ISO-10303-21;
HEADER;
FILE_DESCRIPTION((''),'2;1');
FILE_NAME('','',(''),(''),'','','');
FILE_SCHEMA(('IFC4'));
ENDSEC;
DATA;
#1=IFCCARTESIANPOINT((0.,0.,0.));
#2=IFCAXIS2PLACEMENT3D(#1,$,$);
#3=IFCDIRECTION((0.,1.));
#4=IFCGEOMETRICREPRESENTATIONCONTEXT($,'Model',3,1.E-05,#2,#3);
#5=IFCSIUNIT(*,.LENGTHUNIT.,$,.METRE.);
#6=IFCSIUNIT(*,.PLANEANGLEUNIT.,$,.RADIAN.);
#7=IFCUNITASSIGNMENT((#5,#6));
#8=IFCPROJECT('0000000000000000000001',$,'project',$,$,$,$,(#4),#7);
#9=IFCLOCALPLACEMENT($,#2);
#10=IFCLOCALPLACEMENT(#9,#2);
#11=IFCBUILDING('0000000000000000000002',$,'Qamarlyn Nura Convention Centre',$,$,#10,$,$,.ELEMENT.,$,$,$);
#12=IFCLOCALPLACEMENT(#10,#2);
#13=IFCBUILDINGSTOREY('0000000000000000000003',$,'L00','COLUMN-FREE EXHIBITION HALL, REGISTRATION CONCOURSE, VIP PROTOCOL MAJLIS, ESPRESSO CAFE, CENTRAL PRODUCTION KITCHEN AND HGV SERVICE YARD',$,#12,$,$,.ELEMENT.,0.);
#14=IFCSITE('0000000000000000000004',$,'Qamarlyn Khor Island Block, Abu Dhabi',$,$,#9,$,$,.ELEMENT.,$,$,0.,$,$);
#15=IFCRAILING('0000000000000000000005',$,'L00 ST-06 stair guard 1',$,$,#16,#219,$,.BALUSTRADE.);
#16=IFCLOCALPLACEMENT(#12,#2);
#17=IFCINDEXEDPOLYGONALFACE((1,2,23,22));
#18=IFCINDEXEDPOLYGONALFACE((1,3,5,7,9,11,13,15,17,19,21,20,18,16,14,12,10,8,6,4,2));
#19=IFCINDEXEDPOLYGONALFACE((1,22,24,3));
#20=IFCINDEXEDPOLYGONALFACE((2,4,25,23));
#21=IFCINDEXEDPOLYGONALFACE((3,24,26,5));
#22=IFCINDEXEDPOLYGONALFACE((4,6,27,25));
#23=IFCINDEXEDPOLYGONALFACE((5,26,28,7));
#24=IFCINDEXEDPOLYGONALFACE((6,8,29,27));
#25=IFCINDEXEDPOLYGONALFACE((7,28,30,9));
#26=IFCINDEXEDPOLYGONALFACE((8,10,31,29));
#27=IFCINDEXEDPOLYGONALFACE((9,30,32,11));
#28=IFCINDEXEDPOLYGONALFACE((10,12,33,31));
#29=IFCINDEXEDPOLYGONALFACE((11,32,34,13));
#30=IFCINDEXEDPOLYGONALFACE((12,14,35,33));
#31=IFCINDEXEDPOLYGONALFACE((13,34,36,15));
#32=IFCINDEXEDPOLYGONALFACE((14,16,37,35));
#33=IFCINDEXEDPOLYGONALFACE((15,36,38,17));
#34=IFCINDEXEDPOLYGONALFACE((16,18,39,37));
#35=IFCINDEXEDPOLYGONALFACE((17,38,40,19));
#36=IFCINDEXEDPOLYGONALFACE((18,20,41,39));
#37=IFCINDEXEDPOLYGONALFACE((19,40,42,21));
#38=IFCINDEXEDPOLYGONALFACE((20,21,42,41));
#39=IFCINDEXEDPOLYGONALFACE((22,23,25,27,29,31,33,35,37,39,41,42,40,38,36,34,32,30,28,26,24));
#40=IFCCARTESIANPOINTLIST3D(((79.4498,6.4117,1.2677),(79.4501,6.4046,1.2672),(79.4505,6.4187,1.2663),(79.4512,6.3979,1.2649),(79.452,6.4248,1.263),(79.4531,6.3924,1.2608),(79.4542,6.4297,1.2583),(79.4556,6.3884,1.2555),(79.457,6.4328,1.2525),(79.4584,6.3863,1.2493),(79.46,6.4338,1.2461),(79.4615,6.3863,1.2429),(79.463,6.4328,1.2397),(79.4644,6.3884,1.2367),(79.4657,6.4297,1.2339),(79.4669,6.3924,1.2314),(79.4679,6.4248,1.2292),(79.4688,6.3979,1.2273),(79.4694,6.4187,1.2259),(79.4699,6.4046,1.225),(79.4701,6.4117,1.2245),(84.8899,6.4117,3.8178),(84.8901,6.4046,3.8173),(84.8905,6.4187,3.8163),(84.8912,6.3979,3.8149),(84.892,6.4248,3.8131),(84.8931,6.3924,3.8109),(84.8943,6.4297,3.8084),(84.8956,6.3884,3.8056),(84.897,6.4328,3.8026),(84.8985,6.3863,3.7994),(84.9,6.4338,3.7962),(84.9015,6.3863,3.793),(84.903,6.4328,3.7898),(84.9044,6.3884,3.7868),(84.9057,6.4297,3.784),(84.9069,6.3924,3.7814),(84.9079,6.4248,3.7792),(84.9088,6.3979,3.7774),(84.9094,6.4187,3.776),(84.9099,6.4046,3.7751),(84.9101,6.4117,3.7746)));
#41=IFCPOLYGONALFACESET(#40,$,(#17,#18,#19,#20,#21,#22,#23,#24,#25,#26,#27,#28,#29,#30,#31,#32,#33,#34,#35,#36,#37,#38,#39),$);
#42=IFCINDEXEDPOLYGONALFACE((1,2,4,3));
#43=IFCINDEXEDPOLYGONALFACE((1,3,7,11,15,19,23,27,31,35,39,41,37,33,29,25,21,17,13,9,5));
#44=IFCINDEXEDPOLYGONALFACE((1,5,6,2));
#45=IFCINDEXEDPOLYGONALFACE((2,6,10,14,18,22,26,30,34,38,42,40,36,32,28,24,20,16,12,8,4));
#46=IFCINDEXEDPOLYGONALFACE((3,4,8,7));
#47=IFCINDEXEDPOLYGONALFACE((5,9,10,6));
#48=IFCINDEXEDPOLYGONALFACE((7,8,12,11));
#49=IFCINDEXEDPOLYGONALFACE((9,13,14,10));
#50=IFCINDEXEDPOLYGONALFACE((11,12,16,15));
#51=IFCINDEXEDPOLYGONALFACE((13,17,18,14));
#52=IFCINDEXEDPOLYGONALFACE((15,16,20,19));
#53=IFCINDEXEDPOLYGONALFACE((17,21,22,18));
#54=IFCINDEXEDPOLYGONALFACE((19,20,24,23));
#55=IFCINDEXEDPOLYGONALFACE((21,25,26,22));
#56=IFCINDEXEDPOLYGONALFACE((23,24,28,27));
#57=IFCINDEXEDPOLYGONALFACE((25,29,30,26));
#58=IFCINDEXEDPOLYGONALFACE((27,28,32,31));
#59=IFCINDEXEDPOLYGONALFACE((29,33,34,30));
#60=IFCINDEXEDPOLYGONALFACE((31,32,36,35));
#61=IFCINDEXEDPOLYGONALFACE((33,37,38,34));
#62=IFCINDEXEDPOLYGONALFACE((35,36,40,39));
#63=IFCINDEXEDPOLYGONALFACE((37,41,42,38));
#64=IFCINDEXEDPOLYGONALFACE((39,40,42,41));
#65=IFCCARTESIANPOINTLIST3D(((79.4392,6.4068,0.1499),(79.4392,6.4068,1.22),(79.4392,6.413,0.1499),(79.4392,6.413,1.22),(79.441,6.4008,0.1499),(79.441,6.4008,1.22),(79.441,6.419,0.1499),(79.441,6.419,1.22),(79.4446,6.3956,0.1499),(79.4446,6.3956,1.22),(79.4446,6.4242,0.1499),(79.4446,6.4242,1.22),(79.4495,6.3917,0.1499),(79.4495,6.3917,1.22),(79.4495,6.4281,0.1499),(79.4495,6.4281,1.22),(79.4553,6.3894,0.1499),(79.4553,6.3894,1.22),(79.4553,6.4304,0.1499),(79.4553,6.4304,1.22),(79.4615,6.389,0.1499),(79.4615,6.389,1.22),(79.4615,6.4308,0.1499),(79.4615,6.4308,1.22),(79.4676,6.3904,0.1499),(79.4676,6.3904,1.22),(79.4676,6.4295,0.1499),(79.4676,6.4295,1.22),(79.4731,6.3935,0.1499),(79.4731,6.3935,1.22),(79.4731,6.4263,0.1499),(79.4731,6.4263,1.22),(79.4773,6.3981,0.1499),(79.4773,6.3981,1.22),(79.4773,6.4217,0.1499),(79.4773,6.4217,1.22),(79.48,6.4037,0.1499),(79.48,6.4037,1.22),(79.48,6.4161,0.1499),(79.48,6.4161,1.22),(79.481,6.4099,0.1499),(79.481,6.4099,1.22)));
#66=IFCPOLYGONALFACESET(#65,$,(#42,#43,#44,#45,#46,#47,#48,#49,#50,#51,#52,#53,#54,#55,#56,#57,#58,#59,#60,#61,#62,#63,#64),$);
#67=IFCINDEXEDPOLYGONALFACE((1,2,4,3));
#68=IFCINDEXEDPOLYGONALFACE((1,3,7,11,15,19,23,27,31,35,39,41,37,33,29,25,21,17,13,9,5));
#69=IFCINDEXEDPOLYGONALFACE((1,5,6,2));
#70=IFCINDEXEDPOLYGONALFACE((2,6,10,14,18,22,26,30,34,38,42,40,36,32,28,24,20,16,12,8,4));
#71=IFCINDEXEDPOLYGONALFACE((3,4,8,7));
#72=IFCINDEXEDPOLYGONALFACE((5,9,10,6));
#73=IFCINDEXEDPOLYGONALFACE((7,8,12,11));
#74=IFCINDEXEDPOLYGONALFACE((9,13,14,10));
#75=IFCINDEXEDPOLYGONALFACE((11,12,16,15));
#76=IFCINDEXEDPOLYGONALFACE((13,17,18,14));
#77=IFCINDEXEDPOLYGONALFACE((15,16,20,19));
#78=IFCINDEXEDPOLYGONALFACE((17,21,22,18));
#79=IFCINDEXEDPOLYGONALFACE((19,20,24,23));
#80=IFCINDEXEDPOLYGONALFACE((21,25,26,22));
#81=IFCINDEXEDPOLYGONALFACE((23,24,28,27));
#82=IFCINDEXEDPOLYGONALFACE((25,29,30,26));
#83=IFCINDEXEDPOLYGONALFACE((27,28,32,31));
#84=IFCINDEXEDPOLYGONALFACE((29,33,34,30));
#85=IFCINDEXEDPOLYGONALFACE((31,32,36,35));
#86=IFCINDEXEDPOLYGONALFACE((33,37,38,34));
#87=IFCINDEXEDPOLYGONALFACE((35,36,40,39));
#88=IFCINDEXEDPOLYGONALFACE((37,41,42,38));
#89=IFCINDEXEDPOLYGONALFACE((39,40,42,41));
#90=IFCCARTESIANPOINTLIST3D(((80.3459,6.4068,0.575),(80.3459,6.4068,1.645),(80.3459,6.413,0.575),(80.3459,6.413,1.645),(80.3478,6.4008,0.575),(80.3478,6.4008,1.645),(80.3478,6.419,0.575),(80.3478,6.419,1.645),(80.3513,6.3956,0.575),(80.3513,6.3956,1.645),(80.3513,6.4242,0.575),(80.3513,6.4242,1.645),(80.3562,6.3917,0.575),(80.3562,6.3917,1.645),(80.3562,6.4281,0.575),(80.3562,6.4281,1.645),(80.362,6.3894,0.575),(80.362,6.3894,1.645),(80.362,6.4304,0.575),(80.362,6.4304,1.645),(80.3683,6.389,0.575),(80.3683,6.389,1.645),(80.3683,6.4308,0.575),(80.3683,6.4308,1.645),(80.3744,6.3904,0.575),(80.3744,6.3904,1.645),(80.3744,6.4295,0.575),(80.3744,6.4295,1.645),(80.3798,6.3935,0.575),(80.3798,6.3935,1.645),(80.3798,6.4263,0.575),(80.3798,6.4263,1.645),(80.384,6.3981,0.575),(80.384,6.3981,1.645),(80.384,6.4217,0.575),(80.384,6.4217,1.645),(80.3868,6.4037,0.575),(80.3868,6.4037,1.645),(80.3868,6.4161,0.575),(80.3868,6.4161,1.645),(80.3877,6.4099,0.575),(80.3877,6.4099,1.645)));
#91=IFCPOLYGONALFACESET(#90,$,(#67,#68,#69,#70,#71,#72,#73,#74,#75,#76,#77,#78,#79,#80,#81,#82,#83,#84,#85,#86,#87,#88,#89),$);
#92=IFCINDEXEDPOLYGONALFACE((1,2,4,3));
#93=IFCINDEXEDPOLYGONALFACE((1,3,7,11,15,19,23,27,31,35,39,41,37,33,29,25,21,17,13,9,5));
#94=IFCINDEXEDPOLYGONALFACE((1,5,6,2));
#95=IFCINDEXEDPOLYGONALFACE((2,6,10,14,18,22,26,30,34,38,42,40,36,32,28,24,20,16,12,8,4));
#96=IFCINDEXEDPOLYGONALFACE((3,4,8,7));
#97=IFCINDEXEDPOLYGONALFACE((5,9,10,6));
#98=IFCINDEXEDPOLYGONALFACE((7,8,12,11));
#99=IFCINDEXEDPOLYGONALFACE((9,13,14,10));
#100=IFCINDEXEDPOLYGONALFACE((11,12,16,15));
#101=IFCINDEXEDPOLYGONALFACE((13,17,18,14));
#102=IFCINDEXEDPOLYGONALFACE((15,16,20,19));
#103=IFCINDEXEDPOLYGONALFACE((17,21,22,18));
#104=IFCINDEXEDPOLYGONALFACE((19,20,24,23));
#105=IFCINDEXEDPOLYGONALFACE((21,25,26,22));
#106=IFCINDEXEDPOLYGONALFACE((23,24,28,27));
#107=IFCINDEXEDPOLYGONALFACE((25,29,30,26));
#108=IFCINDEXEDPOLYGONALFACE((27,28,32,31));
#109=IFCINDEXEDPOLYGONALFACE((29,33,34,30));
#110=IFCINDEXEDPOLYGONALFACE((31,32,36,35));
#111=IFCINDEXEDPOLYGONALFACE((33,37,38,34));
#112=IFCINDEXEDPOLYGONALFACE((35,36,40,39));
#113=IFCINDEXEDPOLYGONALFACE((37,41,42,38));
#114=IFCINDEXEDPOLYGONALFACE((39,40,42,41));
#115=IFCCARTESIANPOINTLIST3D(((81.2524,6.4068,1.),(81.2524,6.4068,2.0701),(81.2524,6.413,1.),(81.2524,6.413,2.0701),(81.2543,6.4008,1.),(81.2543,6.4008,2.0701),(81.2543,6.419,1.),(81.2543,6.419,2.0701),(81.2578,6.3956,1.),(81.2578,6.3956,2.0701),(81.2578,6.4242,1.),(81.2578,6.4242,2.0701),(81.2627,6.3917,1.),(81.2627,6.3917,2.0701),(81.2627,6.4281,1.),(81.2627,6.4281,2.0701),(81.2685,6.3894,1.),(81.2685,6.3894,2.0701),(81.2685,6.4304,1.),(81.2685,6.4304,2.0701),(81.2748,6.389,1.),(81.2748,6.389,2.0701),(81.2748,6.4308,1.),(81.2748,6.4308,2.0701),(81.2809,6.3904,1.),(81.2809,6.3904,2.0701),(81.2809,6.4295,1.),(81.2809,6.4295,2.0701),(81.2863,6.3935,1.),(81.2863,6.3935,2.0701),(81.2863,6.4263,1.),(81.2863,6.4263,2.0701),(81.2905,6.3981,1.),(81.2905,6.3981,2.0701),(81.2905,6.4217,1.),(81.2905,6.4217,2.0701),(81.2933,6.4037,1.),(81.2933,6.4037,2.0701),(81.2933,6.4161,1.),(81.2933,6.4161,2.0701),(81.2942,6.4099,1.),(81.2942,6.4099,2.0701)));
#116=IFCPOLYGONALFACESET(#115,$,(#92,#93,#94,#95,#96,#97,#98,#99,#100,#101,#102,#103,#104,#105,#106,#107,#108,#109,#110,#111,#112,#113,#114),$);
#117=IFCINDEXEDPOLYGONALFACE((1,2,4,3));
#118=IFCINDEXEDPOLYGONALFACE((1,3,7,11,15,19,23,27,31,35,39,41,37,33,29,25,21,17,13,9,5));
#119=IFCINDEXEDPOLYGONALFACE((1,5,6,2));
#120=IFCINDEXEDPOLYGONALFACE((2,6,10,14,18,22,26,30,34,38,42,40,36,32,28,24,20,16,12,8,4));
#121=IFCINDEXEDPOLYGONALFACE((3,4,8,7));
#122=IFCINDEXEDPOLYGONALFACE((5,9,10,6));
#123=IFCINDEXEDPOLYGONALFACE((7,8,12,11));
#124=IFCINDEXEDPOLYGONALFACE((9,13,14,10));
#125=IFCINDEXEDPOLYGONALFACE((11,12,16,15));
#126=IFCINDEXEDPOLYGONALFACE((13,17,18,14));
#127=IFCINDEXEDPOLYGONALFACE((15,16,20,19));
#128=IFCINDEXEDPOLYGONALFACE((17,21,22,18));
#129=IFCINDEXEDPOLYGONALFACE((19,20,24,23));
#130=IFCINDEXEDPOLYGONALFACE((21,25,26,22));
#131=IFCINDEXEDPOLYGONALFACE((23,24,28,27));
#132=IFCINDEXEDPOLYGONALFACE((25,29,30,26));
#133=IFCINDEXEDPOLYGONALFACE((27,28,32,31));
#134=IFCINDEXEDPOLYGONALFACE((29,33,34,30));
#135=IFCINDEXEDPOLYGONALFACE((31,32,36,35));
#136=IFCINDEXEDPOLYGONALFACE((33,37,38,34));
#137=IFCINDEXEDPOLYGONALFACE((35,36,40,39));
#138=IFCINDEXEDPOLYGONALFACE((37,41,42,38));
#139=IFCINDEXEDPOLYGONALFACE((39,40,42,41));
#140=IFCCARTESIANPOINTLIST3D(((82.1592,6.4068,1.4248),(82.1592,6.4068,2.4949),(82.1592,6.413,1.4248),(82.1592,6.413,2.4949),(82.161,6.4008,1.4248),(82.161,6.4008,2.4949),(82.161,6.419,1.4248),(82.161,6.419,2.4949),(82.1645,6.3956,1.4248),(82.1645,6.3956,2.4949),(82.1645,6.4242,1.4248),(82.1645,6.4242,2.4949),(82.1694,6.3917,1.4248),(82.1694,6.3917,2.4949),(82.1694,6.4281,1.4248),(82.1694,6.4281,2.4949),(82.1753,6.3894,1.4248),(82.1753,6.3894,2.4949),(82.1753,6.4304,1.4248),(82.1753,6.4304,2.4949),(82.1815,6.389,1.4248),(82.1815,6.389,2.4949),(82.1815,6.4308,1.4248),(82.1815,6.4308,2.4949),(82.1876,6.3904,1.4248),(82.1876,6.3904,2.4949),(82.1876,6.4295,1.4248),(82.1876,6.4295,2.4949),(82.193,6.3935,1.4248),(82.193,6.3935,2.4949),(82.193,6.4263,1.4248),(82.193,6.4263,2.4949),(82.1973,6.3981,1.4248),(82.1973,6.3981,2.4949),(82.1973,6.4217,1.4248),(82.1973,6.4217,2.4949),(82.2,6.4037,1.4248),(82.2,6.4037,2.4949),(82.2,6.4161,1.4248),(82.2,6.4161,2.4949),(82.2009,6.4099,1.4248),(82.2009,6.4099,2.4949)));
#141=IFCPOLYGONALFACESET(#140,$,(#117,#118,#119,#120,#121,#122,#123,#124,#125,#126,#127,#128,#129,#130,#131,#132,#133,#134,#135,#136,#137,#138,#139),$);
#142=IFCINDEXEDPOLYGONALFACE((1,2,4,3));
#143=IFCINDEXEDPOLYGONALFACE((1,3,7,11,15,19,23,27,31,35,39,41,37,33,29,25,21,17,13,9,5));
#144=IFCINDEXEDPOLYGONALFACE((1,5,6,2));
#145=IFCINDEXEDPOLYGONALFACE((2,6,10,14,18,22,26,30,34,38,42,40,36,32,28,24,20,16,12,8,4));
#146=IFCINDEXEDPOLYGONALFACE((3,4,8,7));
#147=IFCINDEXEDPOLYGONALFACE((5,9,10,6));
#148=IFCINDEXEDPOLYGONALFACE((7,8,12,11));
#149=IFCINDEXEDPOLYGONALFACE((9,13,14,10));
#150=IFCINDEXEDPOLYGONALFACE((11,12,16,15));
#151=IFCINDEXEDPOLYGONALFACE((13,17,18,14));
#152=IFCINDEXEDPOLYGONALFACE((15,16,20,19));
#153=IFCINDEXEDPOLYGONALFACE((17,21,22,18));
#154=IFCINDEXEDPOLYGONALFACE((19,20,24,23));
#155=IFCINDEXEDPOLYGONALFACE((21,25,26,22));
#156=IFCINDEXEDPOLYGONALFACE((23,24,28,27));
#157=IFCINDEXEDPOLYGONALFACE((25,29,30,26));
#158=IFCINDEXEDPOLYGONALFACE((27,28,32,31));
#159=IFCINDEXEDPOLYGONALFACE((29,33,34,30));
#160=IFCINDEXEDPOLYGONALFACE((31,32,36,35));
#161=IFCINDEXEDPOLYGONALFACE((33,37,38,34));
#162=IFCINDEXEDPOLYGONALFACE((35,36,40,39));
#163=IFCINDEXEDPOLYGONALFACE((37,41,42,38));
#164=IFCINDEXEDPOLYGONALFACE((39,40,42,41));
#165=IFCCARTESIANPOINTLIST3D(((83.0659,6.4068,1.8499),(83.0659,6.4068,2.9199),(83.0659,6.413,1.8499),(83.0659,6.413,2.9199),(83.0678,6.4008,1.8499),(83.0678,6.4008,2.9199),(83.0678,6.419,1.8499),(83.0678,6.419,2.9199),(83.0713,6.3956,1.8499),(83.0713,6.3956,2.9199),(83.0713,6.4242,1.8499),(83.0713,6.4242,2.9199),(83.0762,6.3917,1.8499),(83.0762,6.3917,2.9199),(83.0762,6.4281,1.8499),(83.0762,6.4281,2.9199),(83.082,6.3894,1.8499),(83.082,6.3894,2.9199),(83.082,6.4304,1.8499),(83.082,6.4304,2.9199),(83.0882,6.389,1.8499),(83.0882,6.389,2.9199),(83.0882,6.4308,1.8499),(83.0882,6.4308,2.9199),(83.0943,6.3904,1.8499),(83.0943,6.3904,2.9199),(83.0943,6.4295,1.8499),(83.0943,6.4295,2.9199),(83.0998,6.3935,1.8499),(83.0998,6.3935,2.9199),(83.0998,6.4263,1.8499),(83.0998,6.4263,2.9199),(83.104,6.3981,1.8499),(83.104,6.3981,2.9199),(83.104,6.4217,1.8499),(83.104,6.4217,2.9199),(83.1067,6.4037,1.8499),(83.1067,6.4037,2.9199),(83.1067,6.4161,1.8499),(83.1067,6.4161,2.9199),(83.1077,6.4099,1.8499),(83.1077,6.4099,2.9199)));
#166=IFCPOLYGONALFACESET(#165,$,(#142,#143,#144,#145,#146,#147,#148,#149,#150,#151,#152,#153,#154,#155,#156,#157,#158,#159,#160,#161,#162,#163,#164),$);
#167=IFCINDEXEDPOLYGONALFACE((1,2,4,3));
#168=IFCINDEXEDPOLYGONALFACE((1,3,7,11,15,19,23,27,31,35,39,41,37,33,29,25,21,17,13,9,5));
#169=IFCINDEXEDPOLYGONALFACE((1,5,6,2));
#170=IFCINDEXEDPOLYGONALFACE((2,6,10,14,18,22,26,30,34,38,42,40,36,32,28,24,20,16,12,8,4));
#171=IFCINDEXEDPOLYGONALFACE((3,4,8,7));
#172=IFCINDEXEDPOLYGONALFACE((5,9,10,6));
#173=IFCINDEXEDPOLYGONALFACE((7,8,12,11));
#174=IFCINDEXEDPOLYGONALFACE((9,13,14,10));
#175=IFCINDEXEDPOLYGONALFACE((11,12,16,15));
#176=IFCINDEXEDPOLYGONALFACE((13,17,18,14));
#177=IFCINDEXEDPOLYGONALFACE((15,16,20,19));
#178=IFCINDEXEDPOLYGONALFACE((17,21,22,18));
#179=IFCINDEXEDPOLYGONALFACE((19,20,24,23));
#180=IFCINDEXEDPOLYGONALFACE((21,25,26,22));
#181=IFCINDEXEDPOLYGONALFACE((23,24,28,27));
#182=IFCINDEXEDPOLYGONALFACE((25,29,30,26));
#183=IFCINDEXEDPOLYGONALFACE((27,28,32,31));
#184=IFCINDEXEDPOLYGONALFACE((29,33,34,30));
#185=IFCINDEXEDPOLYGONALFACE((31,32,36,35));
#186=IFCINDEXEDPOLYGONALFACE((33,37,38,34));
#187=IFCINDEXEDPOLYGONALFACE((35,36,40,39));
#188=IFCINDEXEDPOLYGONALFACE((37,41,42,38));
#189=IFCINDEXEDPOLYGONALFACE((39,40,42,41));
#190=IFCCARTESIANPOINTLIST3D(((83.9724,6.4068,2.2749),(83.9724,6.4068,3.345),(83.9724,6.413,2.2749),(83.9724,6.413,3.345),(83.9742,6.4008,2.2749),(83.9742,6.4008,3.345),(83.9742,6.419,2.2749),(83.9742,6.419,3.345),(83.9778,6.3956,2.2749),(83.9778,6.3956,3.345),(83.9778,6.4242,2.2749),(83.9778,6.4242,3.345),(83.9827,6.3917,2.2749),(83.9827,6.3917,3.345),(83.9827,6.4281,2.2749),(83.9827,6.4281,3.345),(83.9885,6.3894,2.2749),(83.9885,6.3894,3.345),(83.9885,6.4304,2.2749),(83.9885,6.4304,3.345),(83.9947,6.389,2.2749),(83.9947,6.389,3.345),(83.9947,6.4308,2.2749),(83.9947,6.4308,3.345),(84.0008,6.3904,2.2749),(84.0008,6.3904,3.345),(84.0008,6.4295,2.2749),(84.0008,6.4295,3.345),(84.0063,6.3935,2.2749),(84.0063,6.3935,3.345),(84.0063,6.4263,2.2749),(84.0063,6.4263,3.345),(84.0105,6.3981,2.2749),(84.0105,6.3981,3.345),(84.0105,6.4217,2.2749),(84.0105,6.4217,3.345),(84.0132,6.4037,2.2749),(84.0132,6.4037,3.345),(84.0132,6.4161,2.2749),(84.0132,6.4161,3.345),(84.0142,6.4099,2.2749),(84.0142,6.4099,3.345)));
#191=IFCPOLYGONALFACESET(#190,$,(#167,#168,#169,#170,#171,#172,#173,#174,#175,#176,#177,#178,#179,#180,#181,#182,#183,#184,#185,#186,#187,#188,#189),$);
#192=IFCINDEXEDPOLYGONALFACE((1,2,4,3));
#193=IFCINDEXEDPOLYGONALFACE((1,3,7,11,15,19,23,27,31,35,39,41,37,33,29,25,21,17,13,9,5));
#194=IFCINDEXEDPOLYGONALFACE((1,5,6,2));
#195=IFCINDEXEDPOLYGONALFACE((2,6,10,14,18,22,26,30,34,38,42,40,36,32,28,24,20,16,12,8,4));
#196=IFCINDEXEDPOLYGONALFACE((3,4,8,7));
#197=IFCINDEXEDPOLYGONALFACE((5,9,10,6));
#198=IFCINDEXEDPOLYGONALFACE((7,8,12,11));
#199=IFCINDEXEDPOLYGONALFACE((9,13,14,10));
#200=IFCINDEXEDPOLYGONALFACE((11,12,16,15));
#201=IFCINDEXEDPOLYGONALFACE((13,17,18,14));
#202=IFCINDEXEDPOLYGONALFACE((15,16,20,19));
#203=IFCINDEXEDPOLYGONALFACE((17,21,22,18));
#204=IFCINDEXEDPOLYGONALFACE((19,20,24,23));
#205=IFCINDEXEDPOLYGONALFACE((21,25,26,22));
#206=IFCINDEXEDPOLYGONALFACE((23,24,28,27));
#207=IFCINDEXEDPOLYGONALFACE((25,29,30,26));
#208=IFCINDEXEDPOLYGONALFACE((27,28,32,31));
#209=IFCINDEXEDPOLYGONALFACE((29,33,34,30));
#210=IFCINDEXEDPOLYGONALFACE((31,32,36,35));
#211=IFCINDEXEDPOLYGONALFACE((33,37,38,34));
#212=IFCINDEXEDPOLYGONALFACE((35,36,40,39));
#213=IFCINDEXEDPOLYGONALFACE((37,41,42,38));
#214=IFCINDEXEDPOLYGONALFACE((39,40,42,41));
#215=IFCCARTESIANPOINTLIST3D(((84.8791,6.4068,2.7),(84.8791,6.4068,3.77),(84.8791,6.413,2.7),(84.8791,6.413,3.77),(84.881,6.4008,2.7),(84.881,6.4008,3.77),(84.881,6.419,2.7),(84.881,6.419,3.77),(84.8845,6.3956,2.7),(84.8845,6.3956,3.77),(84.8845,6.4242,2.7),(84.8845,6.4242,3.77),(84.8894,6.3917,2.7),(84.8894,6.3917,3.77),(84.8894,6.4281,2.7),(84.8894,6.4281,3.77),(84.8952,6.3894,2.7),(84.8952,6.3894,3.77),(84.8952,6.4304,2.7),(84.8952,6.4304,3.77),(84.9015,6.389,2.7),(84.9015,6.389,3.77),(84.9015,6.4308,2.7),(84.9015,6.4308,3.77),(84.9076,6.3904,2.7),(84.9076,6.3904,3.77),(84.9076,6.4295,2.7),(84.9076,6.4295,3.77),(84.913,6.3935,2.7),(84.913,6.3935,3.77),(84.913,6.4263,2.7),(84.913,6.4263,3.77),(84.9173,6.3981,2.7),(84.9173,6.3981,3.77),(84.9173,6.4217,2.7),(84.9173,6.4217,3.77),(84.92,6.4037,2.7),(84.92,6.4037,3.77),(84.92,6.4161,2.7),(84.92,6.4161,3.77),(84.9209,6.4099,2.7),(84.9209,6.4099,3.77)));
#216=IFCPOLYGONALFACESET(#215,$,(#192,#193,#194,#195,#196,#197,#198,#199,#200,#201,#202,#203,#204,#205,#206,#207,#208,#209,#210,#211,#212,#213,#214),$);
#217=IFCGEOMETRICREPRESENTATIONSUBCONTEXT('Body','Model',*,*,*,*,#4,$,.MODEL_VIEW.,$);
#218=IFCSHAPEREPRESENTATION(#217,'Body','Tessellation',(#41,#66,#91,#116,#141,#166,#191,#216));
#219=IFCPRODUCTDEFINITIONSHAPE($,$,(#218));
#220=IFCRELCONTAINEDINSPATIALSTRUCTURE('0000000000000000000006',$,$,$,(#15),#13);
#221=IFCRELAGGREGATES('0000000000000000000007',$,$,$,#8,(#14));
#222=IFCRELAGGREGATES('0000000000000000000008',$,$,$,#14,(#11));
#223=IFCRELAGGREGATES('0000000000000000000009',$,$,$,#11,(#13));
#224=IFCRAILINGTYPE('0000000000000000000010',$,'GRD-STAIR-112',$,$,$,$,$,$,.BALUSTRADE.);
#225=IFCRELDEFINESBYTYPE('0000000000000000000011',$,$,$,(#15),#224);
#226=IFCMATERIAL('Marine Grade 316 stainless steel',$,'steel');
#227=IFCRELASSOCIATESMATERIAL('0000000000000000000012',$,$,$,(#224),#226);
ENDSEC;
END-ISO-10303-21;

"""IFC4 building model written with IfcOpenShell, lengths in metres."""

from ifc_helpers import new_model, si_unit, direction, frame, origin, origin_2d, place, context, subcontext, project, spatial, circle, extrude, material, type_object, element, save


model = new_model("IFC4")

# Units and contexts
model_context = context("Model", 3, precision=1e-05, world=origin(), true_north=direction((0.0, 1.0)))
body_context = subcontext(model_context, "Body", "Model", "MODEL_VIEW")
ifc_project = project(units=[si_unit("LENGTHUNIT", "METRE"), si_unit("PLANEANGLEUNIT", "RADIAN")], contexts=[model_context])

# Site, building, storey
site_placement = place(None, origin())
site = spatial("IfcSite", under=ifc_project, at=site_placement, Name="Qamarlyn Khor Island Block, Abu Dhabi", CompositionType="ELEMENT", RefElevation=0.0)
building_placement = place(site_placement, origin())
building = spatial("IfcBuilding", under=site, at=building_placement, Name="Qamarlyn Nura Convention Centre", CompositionType="ELEMENT")
storey_placement = place(building_placement, origin())
storey = spatial("IfcBuildingStorey", under=building, at=storey_placement, Name="L00", Description="COLUMN-FREE EXHIBITION HALL, REGISTRATION CONCOURSE, VIP PROTOCOL MAJLIS, ESPRESSO CAFE, CENTRAL PRODUCTION KITCHEN AND HGV SERVICE YARD", CompositionType="ELEMENT", Elevation=0.0)

# Railing
ifc_material_1 = material(Name="Marine Grade 316 stainless steel", Category="steel")
railing_type_1 = type_object("IfcRailingType", Name="GRD-STAIR-112", PredefinedType="BALUSTRADE", material=ifc_material_1)
railing_1_placement = place(storey_placement, frame((79.46, 6.4099, 0.1499)))
element("IfcRailing", 1, at=railing_1_placement, inside=storey, type_object=railing_type_1, Name="L00 ST-06 stair guard 1", PredefinedType="BALUSTRADE", context=body_context, shape_type="SweptSolid", body=[
    extrude(circle(Radius=0.0239, at=origin_2d()), frame((0.0, 0.0, 1.0962), z_axis=(0.905454, 0.0, 0.424444), x_axis=(0.0, 1.0, 0.0)), (0.0, 0.0, 1.0), 6.0081),
    extrude(circle(Radius=0.021, at=origin_2d()), origin(), (0.0, 0.0, 1.0), 1.0701),
    extrude(circle(Radius=0.021, at=origin_2d()), frame((0.9067, 0.0, 0.425)), (0.0, 0.0, 1.0), 1.0701),
    extrude(circle(Radius=0.021, at=origin_2d()), frame((1.8132, 0.0, 0.8501)), (0.0, 0.0, 1.0), 1.0701),
    extrude(circle(Radius=0.021, at=origin_2d()), frame((2.72, 0.0, 1.2749)), (0.0, 0.0, 1.0), 1.0701),
    extrude(circle(Radius=0.021, at=origin_2d()), frame((3.6267, 0.0, 1.7)), (0.0, 0.0, 1.0), 1.0701),
    extrude(circle(Radius=0.021, at=origin_2d()), frame((4.5332, 0.0, 2.125)), (0.0, 0.0, 1.0), 1.0701),
    extrude(circle(Radius=0.021, at=origin_2d()), frame((5.4399, 0.0, 2.55)), (0.0, 0.0, 1.0), 1.0701),
])

save(model, "model.ifc")
